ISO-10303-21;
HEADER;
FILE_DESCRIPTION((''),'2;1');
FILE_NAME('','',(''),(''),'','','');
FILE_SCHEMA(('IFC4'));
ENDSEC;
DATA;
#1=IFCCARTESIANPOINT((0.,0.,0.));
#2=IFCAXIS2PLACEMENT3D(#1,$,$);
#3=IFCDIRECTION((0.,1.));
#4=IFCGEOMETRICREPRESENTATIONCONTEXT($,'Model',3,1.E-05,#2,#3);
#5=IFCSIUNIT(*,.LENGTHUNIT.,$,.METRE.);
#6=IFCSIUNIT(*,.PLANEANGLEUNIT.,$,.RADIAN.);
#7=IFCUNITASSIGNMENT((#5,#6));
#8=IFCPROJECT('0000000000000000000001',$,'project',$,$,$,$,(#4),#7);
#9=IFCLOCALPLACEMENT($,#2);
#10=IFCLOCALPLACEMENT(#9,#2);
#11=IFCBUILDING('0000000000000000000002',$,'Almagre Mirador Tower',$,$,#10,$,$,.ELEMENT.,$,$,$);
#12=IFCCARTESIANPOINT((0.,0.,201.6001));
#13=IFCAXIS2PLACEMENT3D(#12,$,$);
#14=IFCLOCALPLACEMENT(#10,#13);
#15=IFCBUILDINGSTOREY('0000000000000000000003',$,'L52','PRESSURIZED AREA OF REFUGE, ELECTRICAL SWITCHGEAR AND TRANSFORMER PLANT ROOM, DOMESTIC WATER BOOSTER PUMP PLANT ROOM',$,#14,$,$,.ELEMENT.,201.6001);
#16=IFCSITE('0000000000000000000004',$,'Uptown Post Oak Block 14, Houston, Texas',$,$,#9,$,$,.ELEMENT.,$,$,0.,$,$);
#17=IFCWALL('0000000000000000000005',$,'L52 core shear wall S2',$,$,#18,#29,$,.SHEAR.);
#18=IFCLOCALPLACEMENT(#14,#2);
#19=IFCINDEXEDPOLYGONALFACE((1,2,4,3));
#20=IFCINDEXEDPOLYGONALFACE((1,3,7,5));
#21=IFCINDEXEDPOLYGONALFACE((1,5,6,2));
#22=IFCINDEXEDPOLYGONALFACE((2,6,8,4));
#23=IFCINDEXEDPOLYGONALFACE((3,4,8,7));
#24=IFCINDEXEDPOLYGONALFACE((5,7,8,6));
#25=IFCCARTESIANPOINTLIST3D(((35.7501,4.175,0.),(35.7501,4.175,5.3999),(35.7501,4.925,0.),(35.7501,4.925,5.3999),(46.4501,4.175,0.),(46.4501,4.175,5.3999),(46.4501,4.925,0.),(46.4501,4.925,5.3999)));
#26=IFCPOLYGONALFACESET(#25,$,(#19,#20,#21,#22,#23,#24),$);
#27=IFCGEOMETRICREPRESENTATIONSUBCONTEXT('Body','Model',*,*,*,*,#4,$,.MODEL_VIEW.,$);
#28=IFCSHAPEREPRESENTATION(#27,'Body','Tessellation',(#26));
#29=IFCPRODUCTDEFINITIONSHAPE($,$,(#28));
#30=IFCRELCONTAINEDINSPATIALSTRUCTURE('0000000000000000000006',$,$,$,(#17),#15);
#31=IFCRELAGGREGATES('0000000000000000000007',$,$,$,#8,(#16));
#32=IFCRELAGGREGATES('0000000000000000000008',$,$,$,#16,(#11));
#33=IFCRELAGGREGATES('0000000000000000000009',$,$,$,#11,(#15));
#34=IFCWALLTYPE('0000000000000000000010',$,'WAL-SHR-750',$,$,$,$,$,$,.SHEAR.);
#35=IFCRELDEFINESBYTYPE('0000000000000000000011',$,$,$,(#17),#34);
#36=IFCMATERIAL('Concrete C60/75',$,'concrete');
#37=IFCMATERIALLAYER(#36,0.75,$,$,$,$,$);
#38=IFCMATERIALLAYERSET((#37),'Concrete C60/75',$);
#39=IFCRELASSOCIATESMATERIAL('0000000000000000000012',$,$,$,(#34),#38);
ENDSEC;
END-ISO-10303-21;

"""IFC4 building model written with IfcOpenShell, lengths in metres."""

from ifc_helpers import new_model, si_unit, direction, frame, frame_2d, origin, place, context, subcontext, project, spatial, rectangle, extrude, material, layer, layer_set, type_object, element, save


model = new_model("IFC4")

# Units and contexts
model_context = context("Model", 3, precision=1e-05, world=origin(), true_north=direction((0.0, 1.0)))
body_context = subcontext(model_context, "Body", "Model", "MODEL_VIEW")
ifc_project = project(units=[si_unit("LENGTHUNIT", "METRE"), si_unit("PLANEANGLEUNIT", "RADIAN")], contexts=[model_context])

# Site, building, storey
site_placement = place(None, origin())
site = spatial("IfcSite", under=ifc_project, at=site_placement, Name="Uptown Post Oak Block 14, Houston, Texas", CompositionType="ELEMENT", RefElevation=0.0)
building_placement = place(site_placement, origin())
building = spatial("IfcBuilding", under=site, at=building_placement, Name="Almagre Mirador Tower", CompositionType="ELEMENT")
storey_placement = place(building_placement, frame((0.0, 0.0, 201.6001)))
storey = spatial("IfcBuildingStorey", under=building, at=storey_placement, Name="L52", Description="PRESSURIZED AREA OF REFUGE, ELECTRICAL SWITCHGEAR AND TRANSFORMER PLANT ROOM, DOMESTIC WATER BOOSTER PUMP PLANT ROOM", CompositionType="ELEMENT", Elevation=201.6001)

# Wall
ifc_material_1 = material(Name="Concrete C60/75", Category="concrete")
ifc_layer_1 = layer(ifc_material_1, 0.75)
ifc_layer_set_1 = layer_set([ifc_layer_1], Name="Concrete C60/75")
wall_type_1 = type_object("IfcWallType", Name="WAL-SHR-750", PredefinedType="SHEAR", material=ifc_layer_set_1)
wall_1_placement = place(storey_placement, frame((35.75, 4.55, 0.0), z_axis=(0.0, 0.0, 1.0), x_axis=(1.0, 0.0, 0.0)))
element("IfcWall", 1, at=wall_1_placement, inside=storey, type_object=wall_type_1, Name="L52 core shear wall S2", PredefinedType="SHEAR", context=body_context, shape_type="SweptSolid", body=[
    extrude(rectangle(XDim=10.7, YDim=0.75, at=frame_2d((5.3501, 0.0))), origin(), (0.0, 0.0, 1.0), 5.3999),
])

save(model, "model.ifc")
